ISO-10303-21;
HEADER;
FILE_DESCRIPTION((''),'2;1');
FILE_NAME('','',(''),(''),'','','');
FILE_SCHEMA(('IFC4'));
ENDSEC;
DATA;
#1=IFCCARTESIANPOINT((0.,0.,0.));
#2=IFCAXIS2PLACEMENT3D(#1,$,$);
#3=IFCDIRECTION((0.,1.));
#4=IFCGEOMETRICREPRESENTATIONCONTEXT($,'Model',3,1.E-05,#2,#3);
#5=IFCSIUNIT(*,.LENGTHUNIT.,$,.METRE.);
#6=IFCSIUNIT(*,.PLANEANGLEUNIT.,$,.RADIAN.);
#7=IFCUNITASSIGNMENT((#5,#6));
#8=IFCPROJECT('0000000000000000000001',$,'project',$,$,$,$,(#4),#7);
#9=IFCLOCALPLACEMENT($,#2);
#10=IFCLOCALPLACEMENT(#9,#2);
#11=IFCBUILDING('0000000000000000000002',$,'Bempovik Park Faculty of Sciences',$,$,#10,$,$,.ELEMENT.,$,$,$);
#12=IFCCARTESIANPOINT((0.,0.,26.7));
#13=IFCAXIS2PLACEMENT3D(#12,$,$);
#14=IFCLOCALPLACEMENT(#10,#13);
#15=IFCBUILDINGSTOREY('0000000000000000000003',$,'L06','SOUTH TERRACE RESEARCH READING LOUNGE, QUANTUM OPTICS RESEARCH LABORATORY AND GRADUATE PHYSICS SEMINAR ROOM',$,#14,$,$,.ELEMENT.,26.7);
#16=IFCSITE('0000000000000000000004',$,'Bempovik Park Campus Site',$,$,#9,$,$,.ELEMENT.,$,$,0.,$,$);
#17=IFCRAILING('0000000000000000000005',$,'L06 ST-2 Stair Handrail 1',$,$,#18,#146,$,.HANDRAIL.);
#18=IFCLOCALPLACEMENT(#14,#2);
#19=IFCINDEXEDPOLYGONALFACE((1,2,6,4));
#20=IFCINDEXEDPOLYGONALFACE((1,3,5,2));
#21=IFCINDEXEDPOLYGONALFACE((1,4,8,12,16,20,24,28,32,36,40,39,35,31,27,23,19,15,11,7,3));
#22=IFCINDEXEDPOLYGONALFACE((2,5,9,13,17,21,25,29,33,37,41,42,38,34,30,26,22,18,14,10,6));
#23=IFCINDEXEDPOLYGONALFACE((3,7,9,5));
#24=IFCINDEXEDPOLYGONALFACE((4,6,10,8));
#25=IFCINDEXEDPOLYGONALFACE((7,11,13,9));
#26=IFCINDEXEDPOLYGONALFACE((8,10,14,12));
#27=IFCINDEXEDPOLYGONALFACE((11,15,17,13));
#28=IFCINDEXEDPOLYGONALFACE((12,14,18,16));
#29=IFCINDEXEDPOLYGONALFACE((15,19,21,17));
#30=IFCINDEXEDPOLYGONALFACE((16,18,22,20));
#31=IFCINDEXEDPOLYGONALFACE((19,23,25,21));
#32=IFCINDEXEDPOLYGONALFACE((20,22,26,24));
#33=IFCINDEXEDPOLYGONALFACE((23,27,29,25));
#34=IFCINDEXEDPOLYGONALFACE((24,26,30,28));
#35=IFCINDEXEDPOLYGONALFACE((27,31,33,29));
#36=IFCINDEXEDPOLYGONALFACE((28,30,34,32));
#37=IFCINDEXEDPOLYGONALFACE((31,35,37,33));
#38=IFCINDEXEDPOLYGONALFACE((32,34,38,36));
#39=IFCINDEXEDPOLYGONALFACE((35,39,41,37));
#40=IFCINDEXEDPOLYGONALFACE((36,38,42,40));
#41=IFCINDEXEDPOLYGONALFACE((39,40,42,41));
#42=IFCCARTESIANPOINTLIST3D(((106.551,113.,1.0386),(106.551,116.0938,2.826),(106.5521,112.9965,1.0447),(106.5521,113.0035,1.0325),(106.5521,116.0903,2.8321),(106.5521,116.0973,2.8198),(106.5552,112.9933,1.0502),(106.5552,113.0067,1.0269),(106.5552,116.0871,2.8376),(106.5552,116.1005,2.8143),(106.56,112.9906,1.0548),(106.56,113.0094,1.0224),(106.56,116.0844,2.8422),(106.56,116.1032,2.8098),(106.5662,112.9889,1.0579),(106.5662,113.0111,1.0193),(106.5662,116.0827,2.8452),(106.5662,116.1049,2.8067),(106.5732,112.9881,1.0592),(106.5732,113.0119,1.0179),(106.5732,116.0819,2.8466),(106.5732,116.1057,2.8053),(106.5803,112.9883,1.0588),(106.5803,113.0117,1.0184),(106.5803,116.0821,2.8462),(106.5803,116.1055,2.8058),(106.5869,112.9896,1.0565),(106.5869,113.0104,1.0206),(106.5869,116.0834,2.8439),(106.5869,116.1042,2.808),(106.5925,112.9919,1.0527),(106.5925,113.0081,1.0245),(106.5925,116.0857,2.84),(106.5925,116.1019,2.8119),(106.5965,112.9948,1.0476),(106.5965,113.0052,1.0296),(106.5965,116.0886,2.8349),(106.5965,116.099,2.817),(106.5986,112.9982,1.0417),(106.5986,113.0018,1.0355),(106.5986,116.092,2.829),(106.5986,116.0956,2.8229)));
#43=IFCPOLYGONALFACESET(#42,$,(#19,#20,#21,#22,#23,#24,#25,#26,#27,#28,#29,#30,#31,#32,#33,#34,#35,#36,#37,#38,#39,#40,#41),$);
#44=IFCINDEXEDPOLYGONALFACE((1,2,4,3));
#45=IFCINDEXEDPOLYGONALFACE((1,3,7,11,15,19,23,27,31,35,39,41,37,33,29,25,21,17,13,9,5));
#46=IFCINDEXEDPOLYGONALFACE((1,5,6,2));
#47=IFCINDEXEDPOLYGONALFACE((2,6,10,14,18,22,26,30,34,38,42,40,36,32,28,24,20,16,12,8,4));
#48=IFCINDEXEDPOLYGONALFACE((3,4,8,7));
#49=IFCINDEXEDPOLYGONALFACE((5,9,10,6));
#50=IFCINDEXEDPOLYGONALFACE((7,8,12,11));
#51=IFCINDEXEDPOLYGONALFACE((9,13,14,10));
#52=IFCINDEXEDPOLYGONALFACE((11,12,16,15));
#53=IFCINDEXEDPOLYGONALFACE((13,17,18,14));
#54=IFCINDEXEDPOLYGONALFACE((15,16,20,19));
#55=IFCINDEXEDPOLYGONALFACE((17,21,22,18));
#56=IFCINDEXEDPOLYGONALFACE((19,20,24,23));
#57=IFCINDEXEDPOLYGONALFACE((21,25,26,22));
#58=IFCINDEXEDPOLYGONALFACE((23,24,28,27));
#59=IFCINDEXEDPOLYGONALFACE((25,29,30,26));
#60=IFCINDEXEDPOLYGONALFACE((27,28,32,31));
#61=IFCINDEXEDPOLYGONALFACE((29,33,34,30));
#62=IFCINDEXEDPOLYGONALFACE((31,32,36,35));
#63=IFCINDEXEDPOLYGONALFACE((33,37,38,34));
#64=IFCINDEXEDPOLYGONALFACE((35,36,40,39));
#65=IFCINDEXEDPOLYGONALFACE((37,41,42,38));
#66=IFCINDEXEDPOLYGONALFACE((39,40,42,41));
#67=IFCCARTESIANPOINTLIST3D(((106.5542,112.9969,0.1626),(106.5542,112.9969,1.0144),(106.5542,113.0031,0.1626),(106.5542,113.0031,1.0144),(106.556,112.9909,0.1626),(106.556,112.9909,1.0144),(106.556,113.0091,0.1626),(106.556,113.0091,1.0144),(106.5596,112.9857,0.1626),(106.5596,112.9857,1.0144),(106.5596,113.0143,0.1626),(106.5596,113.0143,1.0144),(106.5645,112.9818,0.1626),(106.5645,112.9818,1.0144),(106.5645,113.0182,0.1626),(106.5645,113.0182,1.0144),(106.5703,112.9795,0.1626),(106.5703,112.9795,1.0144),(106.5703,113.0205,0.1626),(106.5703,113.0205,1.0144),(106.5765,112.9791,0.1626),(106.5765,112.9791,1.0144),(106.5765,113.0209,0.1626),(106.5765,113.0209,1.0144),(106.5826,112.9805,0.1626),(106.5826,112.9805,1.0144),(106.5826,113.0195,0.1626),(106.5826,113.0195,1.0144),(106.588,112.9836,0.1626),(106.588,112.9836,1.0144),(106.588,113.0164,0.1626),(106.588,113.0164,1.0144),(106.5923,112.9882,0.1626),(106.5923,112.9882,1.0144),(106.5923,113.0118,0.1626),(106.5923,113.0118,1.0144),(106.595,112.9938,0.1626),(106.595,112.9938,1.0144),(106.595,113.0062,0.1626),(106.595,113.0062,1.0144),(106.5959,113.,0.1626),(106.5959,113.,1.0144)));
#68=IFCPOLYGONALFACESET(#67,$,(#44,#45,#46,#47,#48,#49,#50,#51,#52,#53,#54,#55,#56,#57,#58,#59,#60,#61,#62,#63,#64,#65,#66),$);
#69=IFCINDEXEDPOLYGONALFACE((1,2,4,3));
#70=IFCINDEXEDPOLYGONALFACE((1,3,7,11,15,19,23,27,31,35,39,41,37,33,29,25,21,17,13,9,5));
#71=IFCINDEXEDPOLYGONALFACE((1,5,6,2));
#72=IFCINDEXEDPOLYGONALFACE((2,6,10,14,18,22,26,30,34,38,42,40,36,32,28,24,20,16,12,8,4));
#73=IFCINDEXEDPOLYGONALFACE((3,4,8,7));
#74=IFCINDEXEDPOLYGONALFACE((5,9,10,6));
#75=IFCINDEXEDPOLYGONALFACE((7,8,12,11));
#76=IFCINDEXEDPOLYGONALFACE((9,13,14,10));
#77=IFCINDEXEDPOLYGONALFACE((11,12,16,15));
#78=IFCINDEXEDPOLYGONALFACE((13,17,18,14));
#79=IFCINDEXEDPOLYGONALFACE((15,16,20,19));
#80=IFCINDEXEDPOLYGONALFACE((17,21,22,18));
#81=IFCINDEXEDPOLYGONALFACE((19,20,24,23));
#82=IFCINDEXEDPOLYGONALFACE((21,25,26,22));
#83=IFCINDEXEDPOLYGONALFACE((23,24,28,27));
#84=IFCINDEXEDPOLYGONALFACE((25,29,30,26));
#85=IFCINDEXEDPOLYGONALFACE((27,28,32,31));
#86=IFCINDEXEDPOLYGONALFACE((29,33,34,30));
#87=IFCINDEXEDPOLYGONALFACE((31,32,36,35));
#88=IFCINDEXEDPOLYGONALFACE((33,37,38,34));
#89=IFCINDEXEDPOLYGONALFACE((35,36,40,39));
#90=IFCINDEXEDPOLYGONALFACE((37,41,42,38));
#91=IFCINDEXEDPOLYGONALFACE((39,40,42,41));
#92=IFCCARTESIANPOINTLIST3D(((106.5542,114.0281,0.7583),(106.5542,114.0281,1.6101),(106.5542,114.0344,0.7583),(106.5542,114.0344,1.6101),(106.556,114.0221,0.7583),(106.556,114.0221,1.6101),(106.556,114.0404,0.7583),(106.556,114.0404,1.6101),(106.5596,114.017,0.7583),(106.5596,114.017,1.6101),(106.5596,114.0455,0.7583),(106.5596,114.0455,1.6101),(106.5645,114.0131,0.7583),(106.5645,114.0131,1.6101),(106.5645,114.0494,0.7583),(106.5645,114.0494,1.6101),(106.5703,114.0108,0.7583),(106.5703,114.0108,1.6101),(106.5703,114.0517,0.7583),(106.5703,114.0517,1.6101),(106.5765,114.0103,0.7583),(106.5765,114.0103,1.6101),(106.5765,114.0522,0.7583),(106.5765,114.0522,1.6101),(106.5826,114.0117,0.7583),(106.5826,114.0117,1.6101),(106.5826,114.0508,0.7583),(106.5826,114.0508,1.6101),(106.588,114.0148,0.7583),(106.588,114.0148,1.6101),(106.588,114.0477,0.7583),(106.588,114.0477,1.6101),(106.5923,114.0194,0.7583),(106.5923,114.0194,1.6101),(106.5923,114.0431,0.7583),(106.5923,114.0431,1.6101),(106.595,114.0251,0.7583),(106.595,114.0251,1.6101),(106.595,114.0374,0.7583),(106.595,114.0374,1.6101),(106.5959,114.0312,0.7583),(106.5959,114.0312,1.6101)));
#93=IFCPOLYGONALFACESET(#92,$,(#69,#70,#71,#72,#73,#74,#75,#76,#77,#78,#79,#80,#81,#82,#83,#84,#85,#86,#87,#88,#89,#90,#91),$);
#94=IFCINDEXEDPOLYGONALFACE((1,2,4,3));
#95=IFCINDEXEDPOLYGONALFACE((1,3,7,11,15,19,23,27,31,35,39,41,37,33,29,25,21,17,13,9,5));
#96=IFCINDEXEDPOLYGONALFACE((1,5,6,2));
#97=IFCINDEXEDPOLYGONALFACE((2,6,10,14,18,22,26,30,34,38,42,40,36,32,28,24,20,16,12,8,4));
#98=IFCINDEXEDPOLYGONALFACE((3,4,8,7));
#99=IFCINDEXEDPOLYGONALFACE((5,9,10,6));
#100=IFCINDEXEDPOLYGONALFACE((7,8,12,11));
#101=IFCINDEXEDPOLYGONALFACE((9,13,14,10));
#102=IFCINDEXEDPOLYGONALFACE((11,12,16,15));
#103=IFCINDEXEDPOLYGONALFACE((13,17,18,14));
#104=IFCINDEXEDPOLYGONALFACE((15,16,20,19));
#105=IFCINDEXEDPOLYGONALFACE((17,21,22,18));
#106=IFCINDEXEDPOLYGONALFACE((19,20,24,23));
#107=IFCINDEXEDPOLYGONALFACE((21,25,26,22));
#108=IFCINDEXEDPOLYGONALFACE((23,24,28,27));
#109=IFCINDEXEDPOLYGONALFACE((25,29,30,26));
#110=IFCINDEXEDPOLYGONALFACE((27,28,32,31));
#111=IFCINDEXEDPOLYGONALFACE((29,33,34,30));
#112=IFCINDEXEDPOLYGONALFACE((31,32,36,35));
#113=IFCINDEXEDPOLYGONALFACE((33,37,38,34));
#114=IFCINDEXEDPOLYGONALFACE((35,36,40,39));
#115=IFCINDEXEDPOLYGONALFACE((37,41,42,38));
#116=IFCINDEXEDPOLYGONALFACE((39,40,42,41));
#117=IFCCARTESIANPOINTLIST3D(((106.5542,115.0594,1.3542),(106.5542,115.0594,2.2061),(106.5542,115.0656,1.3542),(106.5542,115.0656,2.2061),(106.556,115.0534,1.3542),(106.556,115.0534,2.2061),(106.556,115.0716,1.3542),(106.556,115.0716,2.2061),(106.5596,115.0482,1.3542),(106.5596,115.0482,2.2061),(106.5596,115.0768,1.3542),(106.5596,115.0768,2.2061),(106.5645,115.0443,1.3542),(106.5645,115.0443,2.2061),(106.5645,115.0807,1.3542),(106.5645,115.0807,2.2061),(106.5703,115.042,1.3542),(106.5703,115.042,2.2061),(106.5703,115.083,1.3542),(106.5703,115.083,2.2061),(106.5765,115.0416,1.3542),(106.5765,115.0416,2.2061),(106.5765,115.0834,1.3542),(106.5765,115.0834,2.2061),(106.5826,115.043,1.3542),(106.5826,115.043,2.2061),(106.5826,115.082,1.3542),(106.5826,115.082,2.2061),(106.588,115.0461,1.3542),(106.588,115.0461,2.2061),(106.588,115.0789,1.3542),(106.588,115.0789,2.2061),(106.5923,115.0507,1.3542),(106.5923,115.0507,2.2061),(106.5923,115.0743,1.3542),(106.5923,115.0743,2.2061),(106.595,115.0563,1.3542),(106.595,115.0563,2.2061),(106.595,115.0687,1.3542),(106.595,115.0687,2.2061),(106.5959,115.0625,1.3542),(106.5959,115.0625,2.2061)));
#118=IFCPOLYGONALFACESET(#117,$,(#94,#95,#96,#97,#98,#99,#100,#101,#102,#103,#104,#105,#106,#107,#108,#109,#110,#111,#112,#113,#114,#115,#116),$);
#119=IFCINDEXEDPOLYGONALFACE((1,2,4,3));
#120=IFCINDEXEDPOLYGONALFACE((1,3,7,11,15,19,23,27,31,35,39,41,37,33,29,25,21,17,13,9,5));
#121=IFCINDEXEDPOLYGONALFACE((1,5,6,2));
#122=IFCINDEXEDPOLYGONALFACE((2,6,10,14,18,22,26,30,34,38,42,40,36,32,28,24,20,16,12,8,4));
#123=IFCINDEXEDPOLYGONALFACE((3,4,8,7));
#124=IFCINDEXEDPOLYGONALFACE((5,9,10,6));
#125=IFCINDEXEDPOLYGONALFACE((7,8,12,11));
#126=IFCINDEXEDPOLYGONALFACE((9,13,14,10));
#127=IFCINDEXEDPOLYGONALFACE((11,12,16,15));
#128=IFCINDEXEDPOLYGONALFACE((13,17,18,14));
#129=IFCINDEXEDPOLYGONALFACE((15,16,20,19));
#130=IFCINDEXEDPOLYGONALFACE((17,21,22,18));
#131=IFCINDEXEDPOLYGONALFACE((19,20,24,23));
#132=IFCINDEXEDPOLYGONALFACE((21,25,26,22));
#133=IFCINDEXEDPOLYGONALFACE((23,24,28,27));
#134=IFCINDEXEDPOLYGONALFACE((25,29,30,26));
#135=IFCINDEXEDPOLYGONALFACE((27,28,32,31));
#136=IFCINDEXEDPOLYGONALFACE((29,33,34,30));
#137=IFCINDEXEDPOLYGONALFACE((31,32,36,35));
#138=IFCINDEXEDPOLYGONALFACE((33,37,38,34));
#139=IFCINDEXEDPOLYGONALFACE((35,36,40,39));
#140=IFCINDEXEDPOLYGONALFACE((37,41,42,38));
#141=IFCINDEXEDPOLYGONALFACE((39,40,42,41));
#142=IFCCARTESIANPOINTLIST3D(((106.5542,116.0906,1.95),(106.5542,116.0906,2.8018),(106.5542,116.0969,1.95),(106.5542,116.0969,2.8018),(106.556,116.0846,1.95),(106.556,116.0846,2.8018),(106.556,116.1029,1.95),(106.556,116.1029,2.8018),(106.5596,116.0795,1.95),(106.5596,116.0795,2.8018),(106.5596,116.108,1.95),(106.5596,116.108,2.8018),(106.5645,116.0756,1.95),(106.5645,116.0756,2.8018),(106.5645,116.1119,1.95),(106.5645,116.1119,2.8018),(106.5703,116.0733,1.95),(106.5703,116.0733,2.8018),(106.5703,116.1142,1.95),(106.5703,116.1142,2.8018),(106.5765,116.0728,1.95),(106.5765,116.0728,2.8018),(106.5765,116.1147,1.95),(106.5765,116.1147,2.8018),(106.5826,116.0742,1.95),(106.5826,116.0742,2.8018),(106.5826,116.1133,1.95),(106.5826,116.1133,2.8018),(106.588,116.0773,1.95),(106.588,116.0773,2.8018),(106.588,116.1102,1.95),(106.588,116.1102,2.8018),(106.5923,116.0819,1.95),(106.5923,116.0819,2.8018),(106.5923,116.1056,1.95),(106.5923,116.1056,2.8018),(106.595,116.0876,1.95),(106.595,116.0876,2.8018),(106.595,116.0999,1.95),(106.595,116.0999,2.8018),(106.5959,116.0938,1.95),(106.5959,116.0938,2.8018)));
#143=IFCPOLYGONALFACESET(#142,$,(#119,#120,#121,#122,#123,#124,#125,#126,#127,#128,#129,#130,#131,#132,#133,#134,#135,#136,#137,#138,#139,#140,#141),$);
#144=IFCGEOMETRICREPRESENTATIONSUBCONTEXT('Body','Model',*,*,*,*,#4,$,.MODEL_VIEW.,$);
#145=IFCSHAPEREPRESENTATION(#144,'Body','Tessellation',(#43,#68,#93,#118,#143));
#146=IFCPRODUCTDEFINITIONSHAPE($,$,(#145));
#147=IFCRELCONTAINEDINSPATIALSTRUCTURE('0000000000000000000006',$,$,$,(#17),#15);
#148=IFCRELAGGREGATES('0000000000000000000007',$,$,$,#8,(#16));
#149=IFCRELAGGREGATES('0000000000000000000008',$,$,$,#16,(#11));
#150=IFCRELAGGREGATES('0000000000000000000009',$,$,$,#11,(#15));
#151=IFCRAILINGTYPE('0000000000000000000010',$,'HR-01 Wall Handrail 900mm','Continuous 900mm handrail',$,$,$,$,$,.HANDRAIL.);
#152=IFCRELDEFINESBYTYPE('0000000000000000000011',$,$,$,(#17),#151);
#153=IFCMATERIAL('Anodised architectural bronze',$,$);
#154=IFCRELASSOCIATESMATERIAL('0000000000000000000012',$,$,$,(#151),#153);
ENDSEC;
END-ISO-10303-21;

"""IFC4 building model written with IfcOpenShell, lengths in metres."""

from ifc_helpers import new_model, si_unit, direction, frame, origin, origin_2d, place, context, subcontext, project, spatial, circle, extrude, material, type_object, element, save


model = new_model("IFC4")

# Units and contexts
model_context = context("Model", 3, precision=1e-05, world=origin(), true_north=direction((0.0, 1.0)))
body_context = subcontext(model_context, "Body", "Model", "MODEL_VIEW")
ifc_project = project(units=[si_unit("LENGTHUNIT", "METRE"), si_unit("PLANEANGLEUNIT", "RADIAN")], contexts=[model_context])

# Site, building, storey
site_placement = place(None, origin())
site = spatial("IfcSite", under=ifc_project, at=site_placement, Name="Bempovik Park Campus Site", CompositionType="ELEMENT", RefElevation=0.0)
building_placement = place(site_placement, origin())
building = spatial("IfcBuilding", under=site, at=building_placement, Name="Bempovik Park Faculty of Sciences", CompositionType="ELEMENT")
storey_placement = place(building_placement, frame((0.0, 0.0, 26.7)))
storey = spatial("IfcBuildingStorey", under=building, at=storey_placement, Name="L06", Description="SOUTH TERRACE RESEARCH READING LOUNGE, QUANTUM OPTICS RESEARCH LABORATORY AND GRADUATE PHYSICS SEMINAR ROOM", CompositionType="ELEMENT", Elevation=26.7)

# Railing
ifc_material_1 = material(Name="Anodised architectural bronze")
railing_type_1 = type_object("IfcRailingType", Name="HR-01 Wall Handrail 900mm", Description="Continuous 900mm handrail", PredefinedType="HANDRAIL", material=ifc_material_1)
railing_1_placement = place(storey_placement, frame((106.575, 113.0, 0.1626)))
element("IfcRailing", 1, at=railing_1_placement, inside=storey, type_object=railing_type_1, Name="L06 ST-2 Stair Handrail 1", PredefinedType="HANDRAIL", context=body_context, shape_type="SweptSolid", body=[
    extrude(circle(Radius=0.0239, at=origin_2d()), frame((0.0, 0.0, 0.876), z_axis=(0.0, 0.865883, 0.500247), x_axis=(-1.0, 0.0, 0.0)), (0.0, 0.0, 1.0), 3.573),
    extrude(circle(Radius=0.021, at=origin_2d()), origin(), (0.0, 0.0, 1.0), 0.8518),
    extrude(circle(Radius=0.021, at=origin_2d()), frame((0.0, 1.0312, 0.5957)), (0.0, 0.0, 1.0), 0.8518),
    extrude(circle(Radius=0.021, at=origin_2d()), frame((0.0, 2.0625, 1.1917)), (0.0, 0.0, 1.0), 0.8518),
    extrude(circle(Radius=0.021, at=origin_2d()), frame((0.0, 3.0938, 1.7874)), (0.0, 0.0, 1.0), 0.8518),
])

save(model, "model.ifc")
